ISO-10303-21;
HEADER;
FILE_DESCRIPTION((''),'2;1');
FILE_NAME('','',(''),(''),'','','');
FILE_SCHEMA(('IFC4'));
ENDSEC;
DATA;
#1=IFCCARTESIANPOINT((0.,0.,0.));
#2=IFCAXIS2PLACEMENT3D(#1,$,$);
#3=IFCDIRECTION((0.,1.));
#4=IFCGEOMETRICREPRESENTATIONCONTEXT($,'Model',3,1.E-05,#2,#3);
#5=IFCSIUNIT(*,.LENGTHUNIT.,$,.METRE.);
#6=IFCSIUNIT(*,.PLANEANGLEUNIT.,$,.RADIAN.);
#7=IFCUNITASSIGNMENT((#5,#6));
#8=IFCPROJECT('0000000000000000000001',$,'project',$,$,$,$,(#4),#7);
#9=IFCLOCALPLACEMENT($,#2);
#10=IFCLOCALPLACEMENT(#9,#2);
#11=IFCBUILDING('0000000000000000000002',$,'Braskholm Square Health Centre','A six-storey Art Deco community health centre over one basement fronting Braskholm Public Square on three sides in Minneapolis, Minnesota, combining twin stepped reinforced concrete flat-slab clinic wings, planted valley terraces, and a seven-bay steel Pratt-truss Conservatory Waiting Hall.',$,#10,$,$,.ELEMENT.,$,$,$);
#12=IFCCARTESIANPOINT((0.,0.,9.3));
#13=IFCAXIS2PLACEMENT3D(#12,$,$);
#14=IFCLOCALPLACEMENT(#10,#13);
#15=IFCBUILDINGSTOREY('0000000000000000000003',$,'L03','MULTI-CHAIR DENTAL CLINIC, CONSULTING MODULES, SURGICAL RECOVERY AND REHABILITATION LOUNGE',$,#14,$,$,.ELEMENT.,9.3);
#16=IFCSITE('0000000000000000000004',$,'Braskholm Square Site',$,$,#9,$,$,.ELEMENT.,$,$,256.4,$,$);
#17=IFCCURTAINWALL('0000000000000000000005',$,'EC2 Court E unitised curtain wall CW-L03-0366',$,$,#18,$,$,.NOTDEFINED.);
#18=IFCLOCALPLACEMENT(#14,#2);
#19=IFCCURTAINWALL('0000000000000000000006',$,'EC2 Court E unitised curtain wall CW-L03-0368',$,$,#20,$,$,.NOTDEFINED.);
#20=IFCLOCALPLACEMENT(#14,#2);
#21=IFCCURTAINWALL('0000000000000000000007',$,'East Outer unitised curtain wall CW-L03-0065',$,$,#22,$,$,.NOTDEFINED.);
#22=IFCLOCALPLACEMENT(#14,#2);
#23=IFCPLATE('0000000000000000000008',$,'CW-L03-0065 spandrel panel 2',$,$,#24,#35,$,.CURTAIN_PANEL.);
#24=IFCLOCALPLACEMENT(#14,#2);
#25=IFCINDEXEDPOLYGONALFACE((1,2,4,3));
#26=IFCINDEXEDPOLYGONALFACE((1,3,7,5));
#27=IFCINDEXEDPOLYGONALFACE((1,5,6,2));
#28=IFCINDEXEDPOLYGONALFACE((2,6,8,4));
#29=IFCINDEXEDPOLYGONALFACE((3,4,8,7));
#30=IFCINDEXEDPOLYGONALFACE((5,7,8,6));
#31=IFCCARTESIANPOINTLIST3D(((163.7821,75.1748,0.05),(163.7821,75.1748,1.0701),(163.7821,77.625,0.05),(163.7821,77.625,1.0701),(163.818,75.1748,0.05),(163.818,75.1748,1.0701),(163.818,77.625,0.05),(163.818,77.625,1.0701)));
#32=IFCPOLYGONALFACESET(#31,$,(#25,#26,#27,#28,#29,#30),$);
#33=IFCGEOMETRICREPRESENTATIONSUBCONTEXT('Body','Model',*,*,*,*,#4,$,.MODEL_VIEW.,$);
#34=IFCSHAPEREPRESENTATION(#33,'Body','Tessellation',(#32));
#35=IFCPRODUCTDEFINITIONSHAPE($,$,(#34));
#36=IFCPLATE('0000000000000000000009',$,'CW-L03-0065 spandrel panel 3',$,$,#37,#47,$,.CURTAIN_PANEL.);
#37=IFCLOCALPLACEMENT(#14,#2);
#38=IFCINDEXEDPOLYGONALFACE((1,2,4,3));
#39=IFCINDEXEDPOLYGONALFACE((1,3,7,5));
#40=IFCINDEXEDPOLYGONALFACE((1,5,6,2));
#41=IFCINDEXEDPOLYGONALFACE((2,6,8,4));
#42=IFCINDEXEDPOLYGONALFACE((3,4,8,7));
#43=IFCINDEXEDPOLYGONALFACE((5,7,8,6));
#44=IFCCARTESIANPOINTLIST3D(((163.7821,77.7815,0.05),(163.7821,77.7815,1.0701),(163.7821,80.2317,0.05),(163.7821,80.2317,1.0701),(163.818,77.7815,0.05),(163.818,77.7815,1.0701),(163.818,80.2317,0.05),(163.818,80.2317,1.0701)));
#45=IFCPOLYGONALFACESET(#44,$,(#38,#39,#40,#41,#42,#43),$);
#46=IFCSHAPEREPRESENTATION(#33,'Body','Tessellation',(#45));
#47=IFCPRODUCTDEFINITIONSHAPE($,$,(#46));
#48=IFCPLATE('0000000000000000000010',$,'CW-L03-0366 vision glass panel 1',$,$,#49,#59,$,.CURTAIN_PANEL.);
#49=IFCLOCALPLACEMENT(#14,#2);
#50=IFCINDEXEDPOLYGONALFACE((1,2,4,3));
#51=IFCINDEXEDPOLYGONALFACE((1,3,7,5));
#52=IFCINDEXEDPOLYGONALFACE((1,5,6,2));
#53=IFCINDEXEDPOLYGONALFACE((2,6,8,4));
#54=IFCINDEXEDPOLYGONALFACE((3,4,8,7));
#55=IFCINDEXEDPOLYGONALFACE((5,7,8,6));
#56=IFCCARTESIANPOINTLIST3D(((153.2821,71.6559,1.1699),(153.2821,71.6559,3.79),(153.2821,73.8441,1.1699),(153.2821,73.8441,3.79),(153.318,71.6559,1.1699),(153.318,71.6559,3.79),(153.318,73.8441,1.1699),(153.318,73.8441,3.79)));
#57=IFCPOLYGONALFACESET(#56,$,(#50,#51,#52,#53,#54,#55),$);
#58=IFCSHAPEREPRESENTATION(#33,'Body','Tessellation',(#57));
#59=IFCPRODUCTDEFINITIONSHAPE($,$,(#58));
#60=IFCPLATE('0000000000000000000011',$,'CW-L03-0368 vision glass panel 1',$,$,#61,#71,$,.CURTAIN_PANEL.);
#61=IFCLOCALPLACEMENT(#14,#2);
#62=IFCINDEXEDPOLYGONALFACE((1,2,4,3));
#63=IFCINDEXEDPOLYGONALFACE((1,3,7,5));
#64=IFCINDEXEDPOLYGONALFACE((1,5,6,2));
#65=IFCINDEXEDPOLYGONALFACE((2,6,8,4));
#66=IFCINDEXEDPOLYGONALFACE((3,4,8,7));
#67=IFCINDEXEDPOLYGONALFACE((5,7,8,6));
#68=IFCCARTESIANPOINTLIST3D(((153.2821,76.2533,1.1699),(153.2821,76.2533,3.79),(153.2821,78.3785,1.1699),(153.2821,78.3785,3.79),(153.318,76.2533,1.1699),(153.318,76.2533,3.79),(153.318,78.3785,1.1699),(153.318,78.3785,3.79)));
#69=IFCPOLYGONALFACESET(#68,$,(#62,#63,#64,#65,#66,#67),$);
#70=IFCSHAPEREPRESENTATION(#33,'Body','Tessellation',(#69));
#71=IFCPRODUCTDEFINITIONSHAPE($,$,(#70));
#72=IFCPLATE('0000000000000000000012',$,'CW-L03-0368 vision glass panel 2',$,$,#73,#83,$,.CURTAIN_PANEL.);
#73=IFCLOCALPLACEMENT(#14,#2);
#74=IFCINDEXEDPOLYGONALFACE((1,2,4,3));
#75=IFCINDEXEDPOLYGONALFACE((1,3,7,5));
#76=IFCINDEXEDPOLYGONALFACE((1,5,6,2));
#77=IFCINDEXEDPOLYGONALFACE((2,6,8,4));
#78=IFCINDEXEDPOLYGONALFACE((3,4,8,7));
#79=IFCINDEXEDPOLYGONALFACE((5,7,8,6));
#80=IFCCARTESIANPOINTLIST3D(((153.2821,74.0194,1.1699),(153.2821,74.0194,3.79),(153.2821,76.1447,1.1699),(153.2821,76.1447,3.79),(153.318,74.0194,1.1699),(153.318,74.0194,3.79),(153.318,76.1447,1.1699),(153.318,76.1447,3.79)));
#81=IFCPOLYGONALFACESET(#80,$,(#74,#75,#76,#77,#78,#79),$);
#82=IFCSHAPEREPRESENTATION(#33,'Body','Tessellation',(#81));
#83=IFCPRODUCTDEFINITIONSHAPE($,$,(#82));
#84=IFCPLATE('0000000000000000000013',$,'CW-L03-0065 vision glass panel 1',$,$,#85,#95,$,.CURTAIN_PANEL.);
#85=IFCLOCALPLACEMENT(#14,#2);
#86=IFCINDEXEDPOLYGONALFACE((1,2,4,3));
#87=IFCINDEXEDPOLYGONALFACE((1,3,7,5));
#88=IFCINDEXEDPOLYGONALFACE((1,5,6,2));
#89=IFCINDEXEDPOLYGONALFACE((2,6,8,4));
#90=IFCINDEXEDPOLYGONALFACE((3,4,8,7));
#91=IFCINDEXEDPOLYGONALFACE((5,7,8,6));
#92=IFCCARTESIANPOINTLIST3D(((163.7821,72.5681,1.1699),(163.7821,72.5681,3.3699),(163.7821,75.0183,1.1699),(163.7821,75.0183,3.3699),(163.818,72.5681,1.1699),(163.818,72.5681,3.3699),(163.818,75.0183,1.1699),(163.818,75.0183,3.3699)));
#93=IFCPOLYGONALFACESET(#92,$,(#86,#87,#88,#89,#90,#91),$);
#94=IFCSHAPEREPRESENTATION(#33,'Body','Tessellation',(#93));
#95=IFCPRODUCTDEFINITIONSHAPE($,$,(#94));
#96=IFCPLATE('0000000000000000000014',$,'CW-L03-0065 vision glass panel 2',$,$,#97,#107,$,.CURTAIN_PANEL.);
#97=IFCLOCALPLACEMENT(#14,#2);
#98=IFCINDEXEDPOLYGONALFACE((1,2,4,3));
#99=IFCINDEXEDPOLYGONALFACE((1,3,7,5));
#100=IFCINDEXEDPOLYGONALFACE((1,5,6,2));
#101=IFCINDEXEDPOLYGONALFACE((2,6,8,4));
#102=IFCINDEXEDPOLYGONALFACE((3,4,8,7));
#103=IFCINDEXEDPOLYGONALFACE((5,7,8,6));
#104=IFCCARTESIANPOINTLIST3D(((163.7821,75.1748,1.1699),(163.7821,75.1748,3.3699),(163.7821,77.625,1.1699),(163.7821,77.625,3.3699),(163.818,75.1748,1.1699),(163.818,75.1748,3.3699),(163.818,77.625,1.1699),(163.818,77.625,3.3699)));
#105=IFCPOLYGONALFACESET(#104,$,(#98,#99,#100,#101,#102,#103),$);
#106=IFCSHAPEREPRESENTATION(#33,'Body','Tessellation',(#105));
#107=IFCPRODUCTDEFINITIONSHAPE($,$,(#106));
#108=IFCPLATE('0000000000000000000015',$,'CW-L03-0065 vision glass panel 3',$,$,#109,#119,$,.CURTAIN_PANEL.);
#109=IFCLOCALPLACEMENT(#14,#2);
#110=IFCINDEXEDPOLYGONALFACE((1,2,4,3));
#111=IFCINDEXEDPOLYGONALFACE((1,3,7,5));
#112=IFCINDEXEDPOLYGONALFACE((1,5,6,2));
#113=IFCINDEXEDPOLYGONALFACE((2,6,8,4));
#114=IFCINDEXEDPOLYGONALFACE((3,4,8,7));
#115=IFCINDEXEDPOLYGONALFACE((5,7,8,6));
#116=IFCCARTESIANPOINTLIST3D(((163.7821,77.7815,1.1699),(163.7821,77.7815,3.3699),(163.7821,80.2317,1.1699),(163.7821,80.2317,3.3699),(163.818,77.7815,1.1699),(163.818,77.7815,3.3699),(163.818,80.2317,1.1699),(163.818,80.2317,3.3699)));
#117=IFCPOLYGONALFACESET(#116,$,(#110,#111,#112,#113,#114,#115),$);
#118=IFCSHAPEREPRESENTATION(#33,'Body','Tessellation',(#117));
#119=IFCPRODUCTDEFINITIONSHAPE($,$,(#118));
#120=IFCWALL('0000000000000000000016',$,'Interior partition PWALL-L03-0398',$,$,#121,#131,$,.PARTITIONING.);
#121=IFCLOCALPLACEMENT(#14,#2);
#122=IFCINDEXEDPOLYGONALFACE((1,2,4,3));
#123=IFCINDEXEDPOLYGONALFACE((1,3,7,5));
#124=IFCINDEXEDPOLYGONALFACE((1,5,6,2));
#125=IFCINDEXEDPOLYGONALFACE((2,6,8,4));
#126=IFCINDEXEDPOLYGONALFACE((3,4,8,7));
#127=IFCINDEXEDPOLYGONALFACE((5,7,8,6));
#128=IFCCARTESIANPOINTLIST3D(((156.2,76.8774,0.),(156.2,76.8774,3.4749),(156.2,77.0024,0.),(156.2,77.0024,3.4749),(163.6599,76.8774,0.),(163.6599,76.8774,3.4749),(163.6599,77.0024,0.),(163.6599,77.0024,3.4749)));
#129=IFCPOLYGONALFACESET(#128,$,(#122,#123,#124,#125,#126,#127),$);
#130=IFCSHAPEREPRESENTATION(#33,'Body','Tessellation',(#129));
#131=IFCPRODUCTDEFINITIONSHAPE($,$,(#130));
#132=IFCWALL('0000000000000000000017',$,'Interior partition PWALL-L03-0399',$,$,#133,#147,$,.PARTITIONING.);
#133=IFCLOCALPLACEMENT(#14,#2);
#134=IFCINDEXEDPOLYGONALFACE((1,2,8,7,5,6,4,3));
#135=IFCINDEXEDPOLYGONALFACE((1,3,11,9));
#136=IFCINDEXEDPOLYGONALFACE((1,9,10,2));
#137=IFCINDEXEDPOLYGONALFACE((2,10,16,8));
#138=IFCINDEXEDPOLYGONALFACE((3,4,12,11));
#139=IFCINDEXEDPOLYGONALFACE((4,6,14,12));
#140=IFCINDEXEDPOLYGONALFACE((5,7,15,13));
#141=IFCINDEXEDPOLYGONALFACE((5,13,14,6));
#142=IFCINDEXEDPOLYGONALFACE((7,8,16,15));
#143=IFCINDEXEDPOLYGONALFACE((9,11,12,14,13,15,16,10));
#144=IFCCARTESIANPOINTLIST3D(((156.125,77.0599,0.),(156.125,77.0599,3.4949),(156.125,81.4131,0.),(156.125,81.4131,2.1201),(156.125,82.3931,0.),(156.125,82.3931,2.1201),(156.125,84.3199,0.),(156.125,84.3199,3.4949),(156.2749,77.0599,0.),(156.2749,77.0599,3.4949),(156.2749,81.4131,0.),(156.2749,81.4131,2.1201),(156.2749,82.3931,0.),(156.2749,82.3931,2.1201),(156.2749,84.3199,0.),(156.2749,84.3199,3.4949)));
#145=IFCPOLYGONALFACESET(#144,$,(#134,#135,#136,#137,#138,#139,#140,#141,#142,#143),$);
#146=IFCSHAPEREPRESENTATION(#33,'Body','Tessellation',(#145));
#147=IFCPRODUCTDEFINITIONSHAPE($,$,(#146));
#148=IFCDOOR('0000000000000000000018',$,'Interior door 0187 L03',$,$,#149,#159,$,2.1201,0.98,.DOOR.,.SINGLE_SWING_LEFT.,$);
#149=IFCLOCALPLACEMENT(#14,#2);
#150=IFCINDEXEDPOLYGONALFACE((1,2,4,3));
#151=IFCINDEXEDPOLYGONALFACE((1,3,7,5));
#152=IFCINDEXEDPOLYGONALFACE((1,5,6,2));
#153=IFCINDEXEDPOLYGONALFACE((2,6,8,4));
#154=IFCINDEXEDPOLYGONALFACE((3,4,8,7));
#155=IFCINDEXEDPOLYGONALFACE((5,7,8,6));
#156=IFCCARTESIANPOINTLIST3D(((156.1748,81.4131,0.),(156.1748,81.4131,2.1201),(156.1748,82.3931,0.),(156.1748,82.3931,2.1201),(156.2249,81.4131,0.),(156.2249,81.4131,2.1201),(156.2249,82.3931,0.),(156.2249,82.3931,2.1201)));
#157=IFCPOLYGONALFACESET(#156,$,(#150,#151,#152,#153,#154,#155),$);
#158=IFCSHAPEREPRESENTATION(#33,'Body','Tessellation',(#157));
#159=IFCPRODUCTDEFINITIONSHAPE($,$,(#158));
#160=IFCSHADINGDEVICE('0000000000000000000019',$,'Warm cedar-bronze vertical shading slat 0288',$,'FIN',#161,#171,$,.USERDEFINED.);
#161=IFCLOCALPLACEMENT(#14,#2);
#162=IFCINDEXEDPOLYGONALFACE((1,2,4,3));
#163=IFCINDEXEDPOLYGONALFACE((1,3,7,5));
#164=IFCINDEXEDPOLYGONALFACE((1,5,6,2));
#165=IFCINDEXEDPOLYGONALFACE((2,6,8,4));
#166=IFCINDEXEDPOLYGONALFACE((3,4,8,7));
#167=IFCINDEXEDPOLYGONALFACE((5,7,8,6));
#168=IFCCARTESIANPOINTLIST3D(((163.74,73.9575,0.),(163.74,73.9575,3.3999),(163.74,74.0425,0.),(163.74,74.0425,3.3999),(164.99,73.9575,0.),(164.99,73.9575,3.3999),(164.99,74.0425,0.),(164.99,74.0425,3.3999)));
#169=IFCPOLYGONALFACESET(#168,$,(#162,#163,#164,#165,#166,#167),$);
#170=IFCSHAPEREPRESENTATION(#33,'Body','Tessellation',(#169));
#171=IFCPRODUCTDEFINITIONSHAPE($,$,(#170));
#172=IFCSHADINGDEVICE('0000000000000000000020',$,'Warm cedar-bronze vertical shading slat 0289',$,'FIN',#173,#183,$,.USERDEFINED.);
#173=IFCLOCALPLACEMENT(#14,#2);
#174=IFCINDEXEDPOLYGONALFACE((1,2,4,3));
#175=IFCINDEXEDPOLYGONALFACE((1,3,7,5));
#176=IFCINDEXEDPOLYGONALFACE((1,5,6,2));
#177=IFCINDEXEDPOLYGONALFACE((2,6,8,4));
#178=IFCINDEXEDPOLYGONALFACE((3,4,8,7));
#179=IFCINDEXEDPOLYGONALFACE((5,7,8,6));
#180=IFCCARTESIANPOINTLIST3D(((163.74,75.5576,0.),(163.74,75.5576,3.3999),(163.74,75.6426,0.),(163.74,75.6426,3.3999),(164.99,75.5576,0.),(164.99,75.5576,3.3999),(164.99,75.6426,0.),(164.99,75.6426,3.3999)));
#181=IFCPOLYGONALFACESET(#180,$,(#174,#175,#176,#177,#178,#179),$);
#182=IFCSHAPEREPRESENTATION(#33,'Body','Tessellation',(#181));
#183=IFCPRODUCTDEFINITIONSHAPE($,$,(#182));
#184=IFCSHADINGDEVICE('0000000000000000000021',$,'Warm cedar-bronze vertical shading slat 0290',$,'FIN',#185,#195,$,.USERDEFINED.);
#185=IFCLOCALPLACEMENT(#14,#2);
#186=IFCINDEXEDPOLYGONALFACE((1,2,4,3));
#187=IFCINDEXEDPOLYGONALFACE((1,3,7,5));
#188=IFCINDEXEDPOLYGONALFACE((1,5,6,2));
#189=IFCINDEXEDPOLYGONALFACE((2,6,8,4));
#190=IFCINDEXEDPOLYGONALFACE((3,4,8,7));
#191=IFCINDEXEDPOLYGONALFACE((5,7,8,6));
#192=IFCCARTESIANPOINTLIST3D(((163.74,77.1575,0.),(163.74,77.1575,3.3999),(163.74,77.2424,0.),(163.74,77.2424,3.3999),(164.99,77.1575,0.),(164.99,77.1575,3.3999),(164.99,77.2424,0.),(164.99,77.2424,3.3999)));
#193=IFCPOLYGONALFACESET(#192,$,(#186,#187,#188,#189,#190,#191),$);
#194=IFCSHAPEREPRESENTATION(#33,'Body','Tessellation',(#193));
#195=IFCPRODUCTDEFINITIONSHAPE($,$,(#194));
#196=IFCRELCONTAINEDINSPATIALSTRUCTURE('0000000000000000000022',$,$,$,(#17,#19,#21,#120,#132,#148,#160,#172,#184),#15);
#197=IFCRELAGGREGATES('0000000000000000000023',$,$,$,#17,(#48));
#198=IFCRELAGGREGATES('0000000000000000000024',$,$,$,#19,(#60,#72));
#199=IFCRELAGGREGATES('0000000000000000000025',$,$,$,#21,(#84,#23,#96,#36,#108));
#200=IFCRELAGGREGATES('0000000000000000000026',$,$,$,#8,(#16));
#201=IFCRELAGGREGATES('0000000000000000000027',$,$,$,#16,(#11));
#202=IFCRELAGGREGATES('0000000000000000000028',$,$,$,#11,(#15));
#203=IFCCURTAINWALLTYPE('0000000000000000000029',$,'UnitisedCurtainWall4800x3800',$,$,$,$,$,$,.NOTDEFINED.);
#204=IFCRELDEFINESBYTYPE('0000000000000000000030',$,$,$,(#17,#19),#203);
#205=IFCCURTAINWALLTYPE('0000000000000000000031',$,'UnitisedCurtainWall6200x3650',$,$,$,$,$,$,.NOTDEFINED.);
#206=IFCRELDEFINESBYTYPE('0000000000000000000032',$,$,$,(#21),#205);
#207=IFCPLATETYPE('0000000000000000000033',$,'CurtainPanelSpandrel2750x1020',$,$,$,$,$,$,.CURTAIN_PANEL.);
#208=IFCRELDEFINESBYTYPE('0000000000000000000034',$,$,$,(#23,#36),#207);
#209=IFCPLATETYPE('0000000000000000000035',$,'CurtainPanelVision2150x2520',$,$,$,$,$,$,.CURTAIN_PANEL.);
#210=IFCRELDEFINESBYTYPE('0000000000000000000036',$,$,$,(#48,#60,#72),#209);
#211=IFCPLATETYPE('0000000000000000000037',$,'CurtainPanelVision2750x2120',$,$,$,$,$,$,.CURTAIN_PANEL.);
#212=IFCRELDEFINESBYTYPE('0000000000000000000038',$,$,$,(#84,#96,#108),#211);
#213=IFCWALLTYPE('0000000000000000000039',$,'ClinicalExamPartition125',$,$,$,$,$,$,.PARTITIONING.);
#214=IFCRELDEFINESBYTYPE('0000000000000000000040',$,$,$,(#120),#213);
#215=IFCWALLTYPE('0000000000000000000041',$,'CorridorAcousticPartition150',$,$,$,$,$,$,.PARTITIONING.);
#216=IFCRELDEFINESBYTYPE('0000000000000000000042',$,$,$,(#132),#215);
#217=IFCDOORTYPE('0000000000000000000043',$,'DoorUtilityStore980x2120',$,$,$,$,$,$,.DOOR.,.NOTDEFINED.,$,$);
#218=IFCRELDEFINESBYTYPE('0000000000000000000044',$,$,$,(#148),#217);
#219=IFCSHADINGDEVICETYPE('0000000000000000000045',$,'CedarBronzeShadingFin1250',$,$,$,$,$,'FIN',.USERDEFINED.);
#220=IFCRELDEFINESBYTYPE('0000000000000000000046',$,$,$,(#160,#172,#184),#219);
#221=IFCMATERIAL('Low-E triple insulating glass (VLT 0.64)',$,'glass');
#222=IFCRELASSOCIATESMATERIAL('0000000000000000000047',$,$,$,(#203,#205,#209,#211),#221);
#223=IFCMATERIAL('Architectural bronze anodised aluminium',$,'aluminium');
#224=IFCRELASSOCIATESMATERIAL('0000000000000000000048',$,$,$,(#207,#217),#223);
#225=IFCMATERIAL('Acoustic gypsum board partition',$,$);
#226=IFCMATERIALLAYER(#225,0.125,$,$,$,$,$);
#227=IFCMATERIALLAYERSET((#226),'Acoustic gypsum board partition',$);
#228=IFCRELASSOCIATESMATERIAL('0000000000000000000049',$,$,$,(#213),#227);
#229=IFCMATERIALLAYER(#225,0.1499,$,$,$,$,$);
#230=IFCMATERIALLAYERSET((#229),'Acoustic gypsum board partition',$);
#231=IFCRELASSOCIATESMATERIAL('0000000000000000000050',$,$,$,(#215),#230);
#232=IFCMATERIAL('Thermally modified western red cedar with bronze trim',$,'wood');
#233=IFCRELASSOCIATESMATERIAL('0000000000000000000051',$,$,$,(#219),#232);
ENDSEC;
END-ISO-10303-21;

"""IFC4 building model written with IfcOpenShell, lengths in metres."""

from ifc_helpers import new_model, si_unit, direction, frame, frame_2d, origin, origin_2d, place, context, subcontext, project, spatial, rectangle, extrude, material, layer, layer_set, type_object, element, fill, aggregate, save


model = new_model("IFC4")

# Units and contexts
model_context = context("Model", 3, precision=1e-05, world=origin(), true_north=direction((0.0, 1.0)))
body_context = subcontext(model_context, "Body", "Model", "MODEL_VIEW")
ifc_project = project(units=[si_unit("LENGTHUNIT", "METRE"), si_unit("PLANEANGLEUNIT", "RADIAN")], contexts=[model_context])

# Site, building, storey
site_placement = place(None, origin())
site = spatial("IfcSite", under=ifc_project, at=site_placement, Name="Braskholm Square Site", CompositionType="ELEMENT", RefElevation=256.4)
building_placement = place(site_placement, origin())
building = spatial("IfcBuilding", under=site, at=building_placement, Name="Braskholm Square Health Centre", Description="A six-storey Art Deco community health centre over one basement fronting Braskholm Public Square on three sides in Minneapolis, Minnesota, combining twin stepped reinforced concrete flat-slab clinic wings, planted valley terraces, and a seven-bay steel Pratt-truss Conservatory Waiting Hall.", CompositionType="ELEMENT")
storey_placement = place(building_placement, frame((0.0, 0.0, 9.3)))
storey = spatial("IfcBuildingStorey", under=building, at=storey_placement, Name="L03", Description="MULTI-CHAIR DENTAL CLINIC, CONSULTING MODULES, SURGICAL RECOVERY AND REHABILITATION LOUNGE", CompositionType="ELEMENT", Elevation=9.3)

# Curtain wall
ifc_material_1 = material(Name="Low-E triple insulating glass (VLT 0.64)", Category="glass")
curtain_wall_type_1 = type_object("IfcCurtainWallType", Name="UnitisedCurtainWall4800x3800", PredefinedType="NOTDEFINED", material=ifc_material_1)
curtain_wall_1_placement = place(storey_placement, origin())
curtain_wall_1 = element("IfcCurtainWall", 1, at=curtain_wall_1_placement, inside=storey, type_object=curtain_wall_type_1, Name="EC2 Court E unitised curtain wall CW-L03-0366", PredefinedType="NOTDEFINED")
ifc_material_2 = material(Name="Architectural bronze anodised aluminium", Category="aluminium")

# Curtain walls
curtain_wall_2_placement = place(storey_placement, origin())
curtain_wall_2 = element("IfcCurtainWall", 2, at=curtain_wall_2_placement, inside=storey, type_object=curtain_wall_type_1, Name="EC2 Court E unitised curtain wall CW-L03-0368", PredefinedType="NOTDEFINED")
curtain_wall_type_2 = type_object("IfcCurtainWallType", Name="UnitisedCurtainWall6200x3650", PredefinedType="NOTDEFINED", material=ifc_material_1)
curtain_wall_3_placement = place(storey_placement, origin())
curtain_wall_3 = element("IfcCurtainWall", 3, at=curtain_wall_3_placement, inside=storey, type_object=curtain_wall_type_2, Name="East Outer unitised curtain wall CW-L03-0065", PredefinedType="NOTDEFINED")

# Plates
plate_type_1 = type_object("IfcPlateType", Name="CurtainPanelSpandrel2750x1020", PredefinedType="CURTAIN_PANEL", material=ifc_material_2)
plate_1_placement = place(storey_placement, frame((163.8, 76.3999, 0.05), z_axis=(0.0, 0.0, 1.0), x_axis=(0.0, 1.0, 0.0)))
plate_1 = element("IfcPlate", 4, at=plate_1_placement, type_object=plate_type_1, Name="CW-L03-0065 spandrel panel 2", PredefinedType="CURTAIN_PANEL", context=body_context, shape_type="SweptSolid", body=[
    extrude(rectangle(XDim=2.4502, YDim=0.0359, at=origin_2d()), origin(), (0.0, 0.0, 1.0), 1.02),
])
plate_2_placement = place(storey_placement, frame((163.8, 79.0066, 0.05), z_axis=(0.0, 0.0, 1.0), x_axis=(0.0, 1.0, 0.0)))
plate_2 = element("IfcPlate", 5, at=plate_2_placement, type_object=plate_type_1, Name="CW-L03-0065 spandrel panel 3", PredefinedType="CURTAIN_PANEL", context=body_context, shape_type="SweptSolid", body=[
    extrude(rectangle(XDim=2.4502, YDim=0.0359, at=origin_2d()), origin(), (0.0, 0.0, 1.0), 1.02),
])
plate_type_2 = type_object("IfcPlateType", Name="CurtainPanelVision2150x2520", PredefinedType="CURTAIN_PANEL", material=ifc_material_1)
plate_3_placement = place(storey_placement, frame((153.3, 72.75, 1.1699), z_axis=(0.0, 0.0, 1.0), x_axis=(0.0, -1.0, 0.0)))
plate_3 = element("IfcPlate", 6, at=plate_3_placement, type_object=plate_type_2, Name="CW-L03-0366 vision glass panel 1", PredefinedType="CURTAIN_PANEL", context=body_context, shape_type="SweptSolid", body=[
    extrude(rectangle(XDim=2.1882, YDim=0.0359, at=origin_2d()), origin(), (0.0, 0.0, 1.0), 2.6201),
])
aggregate(curtain_wall_1, [plate_3])
plate_4_placement = place(storey_placement, frame((153.3, 77.3159, 1.1699), z_axis=(0.0, 0.0, 1.0), x_axis=(0.0, -1.0, 0.0)))
plate_4 = element("IfcPlate", 7, at=plate_4_placement, type_object=plate_type_2, Name="CW-L03-0368 vision glass panel 1", PredefinedType="CURTAIN_PANEL", context=body_context, shape_type="SweptSolid", body=[
    extrude(rectangle(XDim=2.1252, YDim=0.0359, at=origin_2d()), origin(), (0.0, 0.0, 1.0), 2.6201),
])
plate_5_placement = place(storey_placement, frame((153.3, 75.082, 1.1699), z_axis=(0.0, 0.0, 1.0), x_axis=(0.0, -1.0, 0.0)))
plate_5 = element("IfcPlate", 8, at=plate_5_placement, type_object=plate_type_2, Name="CW-L03-0368 vision glass panel 2", PredefinedType="CURTAIN_PANEL", context=body_context, shape_type="SweptSolid", body=[
    extrude(rectangle(XDim=2.1252, YDim=0.0359, at=origin_2d()), origin(), (0.0, 0.0, 1.0), 2.6201),
])
aggregate(curtain_wall_2, [plate_4, plate_5])
plate_type_3 = type_object("IfcPlateType", Name="CurtainPanelVision2750x2120", PredefinedType="CURTAIN_PANEL", material=ifc_material_1)
plate_6_placement = place(storey_placement, frame((163.8, 73.7932, 1.1699), z_axis=(0.0, 0.0, 1.0), x_axis=(0.0, 1.0, 0.0)))
plate_6 = element("IfcPlate", 9, at=plate_6_placement, type_object=plate_type_3, Name="CW-L03-0065 vision glass panel 1", PredefinedType="CURTAIN_PANEL", context=body_context, shape_type="SweptSolid", body=[
    extrude(rectangle(XDim=2.4502, YDim=0.0359, at=origin_2d()), origin(), (0.0, 0.0, 1.0), 2.2),
])
plate_7_placement = place(storey_placement, frame((163.8, 76.3999, 1.1699), z_axis=(0.0, 0.0, 1.0), x_axis=(0.0, 1.0, 0.0)))
plate_7 = element("IfcPlate", 10, at=plate_7_placement, type_object=plate_type_3, Name="CW-L03-0065 vision glass panel 2", PredefinedType="CURTAIN_PANEL", context=body_context, shape_type="SweptSolid", body=[
    extrude(rectangle(XDim=2.4502, YDim=0.0359, at=origin_2d()), origin(), (0.0, 0.0, 1.0), 2.2),
])
plate_8_placement = place(storey_placement, frame((163.8, 79.0066, 1.1699), z_axis=(0.0, 0.0, 1.0), x_axis=(0.0, 1.0, 0.0)))
plate_8 = element("IfcPlate", 11, at=plate_8_placement, type_object=plate_type_3, Name="CW-L03-0065 vision glass panel 3", PredefinedType="CURTAIN_PANEL", context=body_context, shape_type="SweptSolid", body=[
    extrude(rectangle(XDim=2.4502, YDim=0.0359, at=origin_2d()), origin(), (0.0, 0.0, 1.0), 2.2),
])
aggregate(curtain_wall_3, [plate_6, plate_1, plate_7, plate_2, plate_8])

# Wall
ifc_material_3 = material(Name="Acoustic gypsum board partition")
ifc_layer_1 = layer(ifc_material_3, 0.125)
ifc_layer_set_1 = layer_set([ifc_layer_1], Name="Acoustic gypsum board partition")
wall_type_1 = type_object("IfcWallType", Name="ClinicalExamPartition125", PredefinedType="PARTITIONING", material=ifc_layer_set_1)
wall_1_placement = place(storey_placement, frame((156.2, 76.9399, 0.0), z_axis=(0.0, 0.0, 1.0), x_axis=(1.0, 0.0, 0.0)))
element("IfcWall", 12, at=wall_1_placement, inside=storey, type_object=wall_type_1, Name="Interior partition PWALL-L03-0398", PredefinedType="PARTITIONING", context=body_context, shape_type="SweptSolid", body=[
    extrude(rectangle(XDim=7.46, YDim=0.125, at=frame_2d((3.73, 0.0))), origin(), (0.0, 0.0, 1.0), 3.4749),
])

# Wall, opening, door
ifc_layer_2 = layer(ifc_material_3, 0.1499)
ifc_layer_set_2 = layer_set([ifc_layer_2], Name="Acoustic gypsum board partition")
wall_type_2 = type_object("IfcWallType", Name="CorridorAcousticPartition150", PredefinedType="PARTITIONING", material=ifc_layer_set_2)
wall_2_placement = place(storey_placement, frame((156.2, 77.0601, 0.0), z_axis=(0.0, 0.0, 1.0), x_axis=(0.0, 1.0, 0.0)))
wall_2 = element("IfcWall", 13, at=wall_2_placement, inside=storey, type_object=wall_type_2, Name="Interior partition PWALL-L03-0399", PredefinedType="PARTITIONING", context=body_context, shape_type="SweptSolid", body=[
    extrude(rectangle(XDim=7.26, YDim=0.1499, at=frame_2d((3.6299, 0.0))), origin(), (0.0, 0.0, 1.0), 3.4949),
])
opening_placement = place(wall_2_placement, frame((4.353, 0.0, 0.0)))
opening = element("IfcOpeningElement", 14, at=opening_placement, cuts=wall_2, PredefinedType="OPENING", context=body_context, shape_type="SweptSolid", body=[
    extrude(rectangle(XDim=0.98, YDim=2.1201, at=frame_2d((0.49, 1.0601))), frame((0.0, 0.085, 0.0), z_axis=(0.0, -1.0, 0.0), x_axis=(1.0, 0.0, 0.0)), (0.0, 0.0, 1.0), 0.1699),
])
door_type = type_object("IfcDoorType", Name="DoorUtilityStore980x2120", OperationType="NOTDEFINED", PredefinedType="DOOR", material=ifc_material_2)
door_placement = place(opening_placement, frame((0.98, 0.0, 0.0), z_axis=(0.0, 0.0, 1.0), x_axis=(-1.0, 0.0, 0.0)))
door = element("IfcDoor", 15, at=door_placement, inside=storey, type_object=door_type, Name="Interior door 0187 L03", OperationType="SINGLE_SWING_LEFT", OverallHeight=2.1201, OverallWidth=0.98, PredefinedType="DOOR", context=body_context, shape_type="SweptSolid", body=[
    extrude(rectangle(XDim=0.98, YDim=2.1201, at=frame_2d((0.49, 1.0601))), frame((0.0, 0.0249, 0.0), z_axis=(0.0, -1.0, 0.0), x_axis=(1.0, 0.0, 0.0)), (0.0, 0.0, 1.0), 0.05),
])
fill(opening, door)

# Shading devices
ifc_material_4 = material(Name="Thermally modified western red cedar with bronze trim", Category="wood")
shading_device_type = type_object("IfcShadingDeviceType", Name="CedarBronzeShadingFin1250", ElementType="FIN", PredefinedType="USERDEFINED", material=ifc_material_4)
for number, where, z_axis, x_axis, name in (
    (16, (164.365, 74.0, 0.0), (0.0, 0.0, 1.0), (1.0, 0.0, 0.0), "Warm cedar-bronze vertical shading slat 0288"),
    (17, (164.365, 75.6001, 0.0), (0.0, 0.0, 1.0), (1.0, 0.0, 0.0), "Warm cedar-bronze vertical shading slat 0289"),
    (18, (164.365, 77.2, 0.0), (0.0, 0.0, 1.0), (1.0, 0.0, 0.0), "Warm cedar-bronze vertical shading slat 0290"),
):
    element("IfcShadingDevice", number, at=place(storey_placement, frame(where, z_axis=z_axis, x_axis=x_axis)), inside=storey, type_object=shading_device_type, Name=name, ObjectType="FIN", PredefinedType="USERDEFINED", context=body_context, shape_type="SweptSolid", body=[
        extrude(rectangle(XDim=1.25, YDim=0.085, at=origin_2d()), origin(), (0.0, 0.0, 1.0), 3.3999),
    ])

save(model, "model.ifc")
